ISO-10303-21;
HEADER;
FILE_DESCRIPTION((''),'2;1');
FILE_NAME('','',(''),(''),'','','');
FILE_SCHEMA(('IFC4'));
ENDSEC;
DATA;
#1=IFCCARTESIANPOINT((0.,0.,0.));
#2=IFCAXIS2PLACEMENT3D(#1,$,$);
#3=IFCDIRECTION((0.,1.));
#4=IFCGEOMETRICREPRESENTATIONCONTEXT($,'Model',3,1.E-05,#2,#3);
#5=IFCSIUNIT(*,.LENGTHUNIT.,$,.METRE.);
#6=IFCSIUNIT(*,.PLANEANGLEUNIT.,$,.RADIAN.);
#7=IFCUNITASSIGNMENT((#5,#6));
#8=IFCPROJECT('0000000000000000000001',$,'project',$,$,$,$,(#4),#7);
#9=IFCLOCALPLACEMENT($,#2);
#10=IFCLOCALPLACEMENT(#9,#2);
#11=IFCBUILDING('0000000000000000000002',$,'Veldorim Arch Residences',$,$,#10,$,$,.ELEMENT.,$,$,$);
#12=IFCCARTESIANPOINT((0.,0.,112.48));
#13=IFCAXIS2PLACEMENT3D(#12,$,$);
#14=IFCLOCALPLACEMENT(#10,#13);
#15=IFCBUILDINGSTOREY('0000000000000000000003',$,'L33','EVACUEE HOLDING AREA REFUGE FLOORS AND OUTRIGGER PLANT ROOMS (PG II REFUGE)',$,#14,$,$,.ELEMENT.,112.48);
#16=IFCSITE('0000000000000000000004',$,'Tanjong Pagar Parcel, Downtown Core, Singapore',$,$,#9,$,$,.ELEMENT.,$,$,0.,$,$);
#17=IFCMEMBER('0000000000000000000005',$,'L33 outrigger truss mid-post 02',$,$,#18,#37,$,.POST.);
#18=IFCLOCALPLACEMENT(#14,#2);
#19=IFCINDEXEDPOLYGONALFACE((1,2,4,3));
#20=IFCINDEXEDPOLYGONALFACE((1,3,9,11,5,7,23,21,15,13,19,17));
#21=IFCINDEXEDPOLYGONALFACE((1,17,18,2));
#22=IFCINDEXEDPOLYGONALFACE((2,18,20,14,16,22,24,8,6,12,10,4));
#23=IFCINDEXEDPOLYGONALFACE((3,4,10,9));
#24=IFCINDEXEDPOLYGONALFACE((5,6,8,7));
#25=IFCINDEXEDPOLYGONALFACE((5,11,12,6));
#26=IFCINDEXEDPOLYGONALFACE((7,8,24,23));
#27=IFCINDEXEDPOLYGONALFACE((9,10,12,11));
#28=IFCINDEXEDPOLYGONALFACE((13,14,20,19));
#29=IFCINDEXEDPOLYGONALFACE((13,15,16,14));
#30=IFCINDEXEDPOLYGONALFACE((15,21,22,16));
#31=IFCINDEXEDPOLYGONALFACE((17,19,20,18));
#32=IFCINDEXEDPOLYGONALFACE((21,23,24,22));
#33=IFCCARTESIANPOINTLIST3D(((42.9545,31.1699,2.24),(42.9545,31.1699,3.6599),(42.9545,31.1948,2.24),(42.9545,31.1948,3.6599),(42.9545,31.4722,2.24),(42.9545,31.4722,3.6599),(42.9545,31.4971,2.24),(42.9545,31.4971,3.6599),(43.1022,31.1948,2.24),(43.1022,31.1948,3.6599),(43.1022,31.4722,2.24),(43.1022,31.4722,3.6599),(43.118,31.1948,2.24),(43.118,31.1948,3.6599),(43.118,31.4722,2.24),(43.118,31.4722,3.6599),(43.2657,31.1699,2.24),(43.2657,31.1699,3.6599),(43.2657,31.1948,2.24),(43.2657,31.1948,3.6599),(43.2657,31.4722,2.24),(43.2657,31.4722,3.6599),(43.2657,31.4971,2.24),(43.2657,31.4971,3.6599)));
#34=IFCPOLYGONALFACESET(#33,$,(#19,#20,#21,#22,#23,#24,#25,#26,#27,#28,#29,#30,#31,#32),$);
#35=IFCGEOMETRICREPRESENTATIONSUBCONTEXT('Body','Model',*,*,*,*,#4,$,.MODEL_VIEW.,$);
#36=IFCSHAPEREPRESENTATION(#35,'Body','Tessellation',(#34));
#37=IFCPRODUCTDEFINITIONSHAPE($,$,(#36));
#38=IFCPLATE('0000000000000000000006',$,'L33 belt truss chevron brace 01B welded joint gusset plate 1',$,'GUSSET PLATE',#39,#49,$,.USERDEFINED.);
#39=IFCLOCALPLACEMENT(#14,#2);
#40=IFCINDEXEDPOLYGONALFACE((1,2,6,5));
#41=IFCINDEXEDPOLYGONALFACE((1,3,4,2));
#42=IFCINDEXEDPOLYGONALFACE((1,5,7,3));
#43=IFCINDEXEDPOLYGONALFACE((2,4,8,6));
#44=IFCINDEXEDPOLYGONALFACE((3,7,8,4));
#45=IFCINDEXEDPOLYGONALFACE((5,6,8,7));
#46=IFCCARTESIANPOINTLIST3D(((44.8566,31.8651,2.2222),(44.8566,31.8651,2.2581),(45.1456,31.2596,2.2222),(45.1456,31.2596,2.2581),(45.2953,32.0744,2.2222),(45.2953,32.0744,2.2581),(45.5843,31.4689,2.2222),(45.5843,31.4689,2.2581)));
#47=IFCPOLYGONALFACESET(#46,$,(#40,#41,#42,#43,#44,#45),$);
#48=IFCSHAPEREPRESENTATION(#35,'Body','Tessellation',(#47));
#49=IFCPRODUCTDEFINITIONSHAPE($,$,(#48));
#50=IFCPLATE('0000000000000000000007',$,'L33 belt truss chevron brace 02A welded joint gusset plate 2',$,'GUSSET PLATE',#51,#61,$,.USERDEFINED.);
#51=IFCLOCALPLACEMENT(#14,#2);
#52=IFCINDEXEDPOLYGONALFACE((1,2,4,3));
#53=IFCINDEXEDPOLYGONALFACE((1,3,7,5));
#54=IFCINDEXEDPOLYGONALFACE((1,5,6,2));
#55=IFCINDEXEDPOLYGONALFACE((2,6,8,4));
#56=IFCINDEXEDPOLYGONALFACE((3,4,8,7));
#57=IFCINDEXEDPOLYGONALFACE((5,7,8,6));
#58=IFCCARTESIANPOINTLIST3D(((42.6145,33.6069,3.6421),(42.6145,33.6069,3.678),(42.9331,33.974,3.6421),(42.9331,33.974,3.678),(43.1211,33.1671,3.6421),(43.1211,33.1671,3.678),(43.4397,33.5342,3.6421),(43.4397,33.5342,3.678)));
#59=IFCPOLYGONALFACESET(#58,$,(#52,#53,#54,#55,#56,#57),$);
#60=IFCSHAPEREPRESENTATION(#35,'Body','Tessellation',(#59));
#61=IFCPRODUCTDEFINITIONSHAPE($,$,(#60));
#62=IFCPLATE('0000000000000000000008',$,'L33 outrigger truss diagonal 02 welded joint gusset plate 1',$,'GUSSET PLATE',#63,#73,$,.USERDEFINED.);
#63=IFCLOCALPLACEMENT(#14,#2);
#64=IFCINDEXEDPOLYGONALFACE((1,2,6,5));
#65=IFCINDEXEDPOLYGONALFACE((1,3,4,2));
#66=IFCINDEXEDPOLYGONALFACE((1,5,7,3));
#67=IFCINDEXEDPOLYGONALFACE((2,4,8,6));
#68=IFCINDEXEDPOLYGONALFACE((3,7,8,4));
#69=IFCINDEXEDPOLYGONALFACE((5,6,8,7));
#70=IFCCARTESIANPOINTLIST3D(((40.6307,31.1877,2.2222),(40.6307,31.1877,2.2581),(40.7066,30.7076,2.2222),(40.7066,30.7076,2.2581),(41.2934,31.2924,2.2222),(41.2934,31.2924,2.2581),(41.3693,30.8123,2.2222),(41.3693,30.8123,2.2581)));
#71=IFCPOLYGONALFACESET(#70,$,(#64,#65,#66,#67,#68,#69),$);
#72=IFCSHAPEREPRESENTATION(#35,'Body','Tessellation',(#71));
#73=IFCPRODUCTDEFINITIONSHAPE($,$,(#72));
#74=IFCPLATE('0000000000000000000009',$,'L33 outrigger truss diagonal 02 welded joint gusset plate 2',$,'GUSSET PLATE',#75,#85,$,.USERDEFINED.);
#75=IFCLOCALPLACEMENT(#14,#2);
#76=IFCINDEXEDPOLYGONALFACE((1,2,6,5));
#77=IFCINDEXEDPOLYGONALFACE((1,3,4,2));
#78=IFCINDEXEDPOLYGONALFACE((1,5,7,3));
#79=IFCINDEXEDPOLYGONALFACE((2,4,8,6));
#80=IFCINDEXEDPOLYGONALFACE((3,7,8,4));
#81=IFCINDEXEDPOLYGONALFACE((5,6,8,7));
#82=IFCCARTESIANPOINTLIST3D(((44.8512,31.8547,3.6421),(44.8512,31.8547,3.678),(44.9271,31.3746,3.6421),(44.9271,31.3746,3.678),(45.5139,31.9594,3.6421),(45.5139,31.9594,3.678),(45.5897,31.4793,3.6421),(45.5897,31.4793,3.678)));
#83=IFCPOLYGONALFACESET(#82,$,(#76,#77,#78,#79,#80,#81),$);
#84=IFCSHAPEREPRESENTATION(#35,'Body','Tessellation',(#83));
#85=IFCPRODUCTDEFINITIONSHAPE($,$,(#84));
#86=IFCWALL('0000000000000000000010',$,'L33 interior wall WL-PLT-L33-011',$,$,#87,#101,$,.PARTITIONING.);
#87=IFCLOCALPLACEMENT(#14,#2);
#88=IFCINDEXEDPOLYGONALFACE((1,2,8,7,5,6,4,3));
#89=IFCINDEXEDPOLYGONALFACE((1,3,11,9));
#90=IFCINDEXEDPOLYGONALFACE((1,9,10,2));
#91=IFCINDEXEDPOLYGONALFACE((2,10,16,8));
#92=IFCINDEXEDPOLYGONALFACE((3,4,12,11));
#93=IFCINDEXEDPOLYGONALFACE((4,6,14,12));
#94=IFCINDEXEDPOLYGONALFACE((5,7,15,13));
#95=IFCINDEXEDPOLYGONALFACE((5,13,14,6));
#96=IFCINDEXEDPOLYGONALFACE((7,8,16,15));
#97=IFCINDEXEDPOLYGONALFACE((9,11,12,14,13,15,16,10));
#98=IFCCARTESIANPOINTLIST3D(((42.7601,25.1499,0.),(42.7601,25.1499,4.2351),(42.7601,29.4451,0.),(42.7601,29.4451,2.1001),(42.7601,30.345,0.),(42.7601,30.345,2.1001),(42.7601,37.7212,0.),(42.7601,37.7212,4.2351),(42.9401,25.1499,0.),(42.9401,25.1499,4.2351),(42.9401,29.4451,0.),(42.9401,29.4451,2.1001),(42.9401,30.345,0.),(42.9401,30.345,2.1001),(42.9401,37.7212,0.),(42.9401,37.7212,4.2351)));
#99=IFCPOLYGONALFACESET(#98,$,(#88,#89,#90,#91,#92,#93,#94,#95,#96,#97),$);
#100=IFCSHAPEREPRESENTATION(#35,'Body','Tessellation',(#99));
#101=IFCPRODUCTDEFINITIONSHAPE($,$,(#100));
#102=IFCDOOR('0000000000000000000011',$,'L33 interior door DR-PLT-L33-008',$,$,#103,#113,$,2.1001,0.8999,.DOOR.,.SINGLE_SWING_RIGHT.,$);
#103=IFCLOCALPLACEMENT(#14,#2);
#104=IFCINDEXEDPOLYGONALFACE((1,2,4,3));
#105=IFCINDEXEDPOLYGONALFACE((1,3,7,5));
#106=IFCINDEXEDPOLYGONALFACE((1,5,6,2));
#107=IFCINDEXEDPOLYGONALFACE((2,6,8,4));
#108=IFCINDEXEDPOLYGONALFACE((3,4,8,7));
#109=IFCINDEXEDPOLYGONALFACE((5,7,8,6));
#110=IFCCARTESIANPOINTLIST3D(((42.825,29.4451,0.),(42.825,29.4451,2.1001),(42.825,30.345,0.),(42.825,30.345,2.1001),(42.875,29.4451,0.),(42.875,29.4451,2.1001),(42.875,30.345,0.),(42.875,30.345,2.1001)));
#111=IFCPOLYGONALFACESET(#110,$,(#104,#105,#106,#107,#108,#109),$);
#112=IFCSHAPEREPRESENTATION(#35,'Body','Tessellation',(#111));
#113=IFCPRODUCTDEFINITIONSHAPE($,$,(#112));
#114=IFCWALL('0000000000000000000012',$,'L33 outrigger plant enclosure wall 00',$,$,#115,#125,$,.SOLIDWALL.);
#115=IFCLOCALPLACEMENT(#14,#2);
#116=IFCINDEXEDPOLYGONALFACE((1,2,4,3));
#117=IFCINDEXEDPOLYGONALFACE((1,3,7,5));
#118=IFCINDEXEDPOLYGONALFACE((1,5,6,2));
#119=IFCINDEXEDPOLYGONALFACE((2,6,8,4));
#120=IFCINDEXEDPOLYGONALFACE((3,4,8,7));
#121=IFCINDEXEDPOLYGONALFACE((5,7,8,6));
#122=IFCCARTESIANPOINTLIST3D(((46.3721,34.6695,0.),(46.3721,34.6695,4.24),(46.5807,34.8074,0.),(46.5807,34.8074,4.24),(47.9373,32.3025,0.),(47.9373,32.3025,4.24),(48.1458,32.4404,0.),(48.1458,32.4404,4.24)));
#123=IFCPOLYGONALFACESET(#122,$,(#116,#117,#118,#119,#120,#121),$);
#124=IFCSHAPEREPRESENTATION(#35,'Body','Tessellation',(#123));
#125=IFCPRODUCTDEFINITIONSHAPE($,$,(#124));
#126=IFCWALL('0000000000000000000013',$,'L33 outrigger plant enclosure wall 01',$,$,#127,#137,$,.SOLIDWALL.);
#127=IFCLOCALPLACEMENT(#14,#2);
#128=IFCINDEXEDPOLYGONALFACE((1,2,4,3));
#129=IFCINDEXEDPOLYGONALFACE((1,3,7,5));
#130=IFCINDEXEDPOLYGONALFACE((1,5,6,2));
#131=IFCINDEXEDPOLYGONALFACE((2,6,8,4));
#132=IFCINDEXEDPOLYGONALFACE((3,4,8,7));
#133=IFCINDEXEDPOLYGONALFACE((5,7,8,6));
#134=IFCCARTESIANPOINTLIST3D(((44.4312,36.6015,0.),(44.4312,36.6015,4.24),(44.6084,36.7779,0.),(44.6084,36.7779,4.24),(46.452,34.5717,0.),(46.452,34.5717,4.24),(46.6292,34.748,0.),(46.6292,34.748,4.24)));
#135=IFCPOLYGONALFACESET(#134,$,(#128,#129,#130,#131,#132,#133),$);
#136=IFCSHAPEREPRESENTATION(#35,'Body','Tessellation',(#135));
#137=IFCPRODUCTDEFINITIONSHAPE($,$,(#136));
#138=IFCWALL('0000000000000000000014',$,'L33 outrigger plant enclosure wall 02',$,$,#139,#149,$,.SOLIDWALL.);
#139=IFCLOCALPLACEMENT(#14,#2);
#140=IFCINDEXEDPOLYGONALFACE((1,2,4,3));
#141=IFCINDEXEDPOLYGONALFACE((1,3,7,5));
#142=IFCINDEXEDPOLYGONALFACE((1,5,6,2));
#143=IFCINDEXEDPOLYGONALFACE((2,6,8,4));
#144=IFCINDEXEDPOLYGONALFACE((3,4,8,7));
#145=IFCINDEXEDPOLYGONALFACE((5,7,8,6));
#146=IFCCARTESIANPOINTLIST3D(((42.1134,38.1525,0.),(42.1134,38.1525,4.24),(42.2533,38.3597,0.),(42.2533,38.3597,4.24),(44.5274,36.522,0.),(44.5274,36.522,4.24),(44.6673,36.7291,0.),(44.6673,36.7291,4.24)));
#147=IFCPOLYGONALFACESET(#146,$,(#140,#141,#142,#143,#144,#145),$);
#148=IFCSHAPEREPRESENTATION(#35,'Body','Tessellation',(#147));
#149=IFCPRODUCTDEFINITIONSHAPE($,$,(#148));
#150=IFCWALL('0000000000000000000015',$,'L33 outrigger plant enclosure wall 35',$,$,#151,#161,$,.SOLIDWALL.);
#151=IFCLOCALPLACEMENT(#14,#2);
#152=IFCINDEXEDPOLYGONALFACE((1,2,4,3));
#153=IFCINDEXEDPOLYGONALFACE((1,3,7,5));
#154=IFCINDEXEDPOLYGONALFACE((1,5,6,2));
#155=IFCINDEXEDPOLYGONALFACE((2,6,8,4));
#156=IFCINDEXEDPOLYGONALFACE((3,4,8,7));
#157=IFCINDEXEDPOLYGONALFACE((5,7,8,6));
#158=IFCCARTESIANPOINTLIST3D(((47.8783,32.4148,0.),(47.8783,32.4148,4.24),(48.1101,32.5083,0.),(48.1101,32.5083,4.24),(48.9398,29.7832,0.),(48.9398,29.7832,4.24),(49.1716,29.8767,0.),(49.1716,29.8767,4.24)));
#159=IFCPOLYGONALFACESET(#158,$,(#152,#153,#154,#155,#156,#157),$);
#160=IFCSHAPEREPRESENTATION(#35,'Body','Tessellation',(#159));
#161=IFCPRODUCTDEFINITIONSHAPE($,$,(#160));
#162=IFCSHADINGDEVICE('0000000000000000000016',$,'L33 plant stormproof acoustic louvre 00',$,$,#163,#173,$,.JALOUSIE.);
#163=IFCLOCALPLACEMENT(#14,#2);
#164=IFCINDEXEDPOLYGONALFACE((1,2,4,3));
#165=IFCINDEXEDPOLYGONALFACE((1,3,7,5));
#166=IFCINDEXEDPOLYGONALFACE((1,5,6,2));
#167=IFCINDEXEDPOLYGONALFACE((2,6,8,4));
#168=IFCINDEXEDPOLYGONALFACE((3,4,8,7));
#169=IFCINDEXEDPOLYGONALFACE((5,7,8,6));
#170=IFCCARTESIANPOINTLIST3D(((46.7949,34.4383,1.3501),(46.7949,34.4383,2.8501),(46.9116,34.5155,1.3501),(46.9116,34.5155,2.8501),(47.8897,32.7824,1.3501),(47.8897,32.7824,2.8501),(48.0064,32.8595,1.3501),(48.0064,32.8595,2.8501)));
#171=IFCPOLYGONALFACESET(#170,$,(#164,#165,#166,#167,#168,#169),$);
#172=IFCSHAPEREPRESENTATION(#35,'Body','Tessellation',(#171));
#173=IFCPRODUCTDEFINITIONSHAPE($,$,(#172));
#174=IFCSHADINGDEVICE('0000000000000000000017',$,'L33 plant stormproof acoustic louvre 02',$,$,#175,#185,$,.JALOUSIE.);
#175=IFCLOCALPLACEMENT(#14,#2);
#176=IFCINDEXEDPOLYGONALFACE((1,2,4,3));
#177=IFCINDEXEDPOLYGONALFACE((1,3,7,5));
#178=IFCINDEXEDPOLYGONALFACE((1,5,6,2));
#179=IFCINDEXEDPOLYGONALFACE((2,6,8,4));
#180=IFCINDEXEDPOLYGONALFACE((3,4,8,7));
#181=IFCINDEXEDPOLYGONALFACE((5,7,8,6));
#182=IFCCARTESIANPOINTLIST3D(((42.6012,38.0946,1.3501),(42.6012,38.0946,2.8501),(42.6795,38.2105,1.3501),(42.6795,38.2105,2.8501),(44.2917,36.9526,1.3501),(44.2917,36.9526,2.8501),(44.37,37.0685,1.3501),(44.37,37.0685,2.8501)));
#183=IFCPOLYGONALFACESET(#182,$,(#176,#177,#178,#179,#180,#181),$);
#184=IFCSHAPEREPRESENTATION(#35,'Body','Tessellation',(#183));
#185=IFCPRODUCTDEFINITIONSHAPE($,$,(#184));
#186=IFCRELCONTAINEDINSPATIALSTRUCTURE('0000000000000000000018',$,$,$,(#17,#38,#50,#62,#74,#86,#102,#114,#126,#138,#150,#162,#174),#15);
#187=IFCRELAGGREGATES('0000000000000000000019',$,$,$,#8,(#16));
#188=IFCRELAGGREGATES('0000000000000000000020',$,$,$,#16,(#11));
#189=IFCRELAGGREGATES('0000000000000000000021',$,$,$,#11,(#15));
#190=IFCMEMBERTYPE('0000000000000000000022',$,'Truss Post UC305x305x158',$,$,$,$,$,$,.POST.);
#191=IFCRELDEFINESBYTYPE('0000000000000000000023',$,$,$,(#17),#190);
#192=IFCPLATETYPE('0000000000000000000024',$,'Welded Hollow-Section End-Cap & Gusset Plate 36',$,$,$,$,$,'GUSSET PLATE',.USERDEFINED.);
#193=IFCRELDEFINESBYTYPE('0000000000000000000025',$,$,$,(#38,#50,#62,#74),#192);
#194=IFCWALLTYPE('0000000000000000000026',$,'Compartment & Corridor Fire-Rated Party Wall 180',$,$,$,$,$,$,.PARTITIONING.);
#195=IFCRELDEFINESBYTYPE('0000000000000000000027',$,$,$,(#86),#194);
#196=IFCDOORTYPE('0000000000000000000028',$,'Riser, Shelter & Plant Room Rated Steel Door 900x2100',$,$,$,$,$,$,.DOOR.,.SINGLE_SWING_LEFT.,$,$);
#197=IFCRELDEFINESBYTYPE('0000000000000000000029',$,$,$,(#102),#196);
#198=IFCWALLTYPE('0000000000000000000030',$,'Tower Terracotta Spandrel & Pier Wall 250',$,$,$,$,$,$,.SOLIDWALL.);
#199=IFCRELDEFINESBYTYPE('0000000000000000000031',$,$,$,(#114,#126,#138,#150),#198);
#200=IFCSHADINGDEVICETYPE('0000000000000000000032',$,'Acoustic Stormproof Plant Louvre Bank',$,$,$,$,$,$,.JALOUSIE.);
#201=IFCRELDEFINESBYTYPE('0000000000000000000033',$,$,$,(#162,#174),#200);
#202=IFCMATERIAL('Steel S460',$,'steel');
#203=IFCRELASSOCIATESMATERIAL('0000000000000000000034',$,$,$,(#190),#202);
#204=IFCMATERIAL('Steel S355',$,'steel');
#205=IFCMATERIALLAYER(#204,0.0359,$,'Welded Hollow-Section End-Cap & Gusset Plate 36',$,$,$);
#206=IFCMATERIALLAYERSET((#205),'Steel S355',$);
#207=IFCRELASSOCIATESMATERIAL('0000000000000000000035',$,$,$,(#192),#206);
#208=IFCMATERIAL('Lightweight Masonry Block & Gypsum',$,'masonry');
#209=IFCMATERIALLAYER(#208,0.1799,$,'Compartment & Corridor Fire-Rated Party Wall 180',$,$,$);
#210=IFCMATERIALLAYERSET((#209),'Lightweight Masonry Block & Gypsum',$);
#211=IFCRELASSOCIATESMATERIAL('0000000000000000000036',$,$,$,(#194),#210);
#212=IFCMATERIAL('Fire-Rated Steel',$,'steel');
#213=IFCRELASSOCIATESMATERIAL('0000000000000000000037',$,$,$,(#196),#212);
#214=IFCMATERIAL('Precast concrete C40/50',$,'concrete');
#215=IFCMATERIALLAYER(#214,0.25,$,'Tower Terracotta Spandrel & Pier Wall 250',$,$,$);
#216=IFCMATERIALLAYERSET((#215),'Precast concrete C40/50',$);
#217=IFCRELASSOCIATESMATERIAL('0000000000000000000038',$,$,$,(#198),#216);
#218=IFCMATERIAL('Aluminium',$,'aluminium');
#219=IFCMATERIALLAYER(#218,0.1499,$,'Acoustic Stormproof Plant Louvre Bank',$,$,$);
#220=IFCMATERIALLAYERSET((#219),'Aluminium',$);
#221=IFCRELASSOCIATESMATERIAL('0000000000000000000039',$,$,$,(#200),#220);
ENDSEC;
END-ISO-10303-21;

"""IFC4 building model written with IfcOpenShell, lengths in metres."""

from ifc_helpers import new_model, si_unit, direction, frame, frame_2d, origin, origin_2d, place, context, subcontext, project, spatial, rectangle, i_section, extrude, material, layer, layer_set, material_profile, profile_set, type_object, element, fill, save


model = new_model("IFC4")

# Units and contexts
model_context = context("Model", 3, precision=1e-05, world=origin(), true_north=direction((0.0, 1.0)))
body_context = subcontext(model_context, "Body", "Model", "MODEL_VIEW")
ifc_project = project(units=[si_unit("LENGTHUNIT", "METRE"), si_unit("PLANEANGLEUNIT", "RADIAN")], contexts=[model_context])

# Site, building, storey
site_placement = place(None, origin())
site = spatial("IfcSite", under=ifc_project, at=site_placement, Name="Tanjong Pagar Parcel, Downtown Core, Singapore", CompositionType="ELEMENT", RefElevation=0.0)
building_placement = place(site_placement, origin())
building = spatial("IfcBuilding", under=site, at=building_placement, Name="Veldorim Arch Residences", CompositionType="ELEMENT")
storey_placement = place(building_placement, frame((0.0, 0.0, 112.48)))
storey = spatial("IfcBuildingStorey", under=building, at=storey_placement, Name="L33", Description="EVACUEE HOLDING AREA REFUGE FLOORS AND OUTRIGGER PLANT ROOMS (PG II REFUGE)", CompositionType="ELEMENT", Elevation=112.48)

# Member
ifc_material_1 = material(Name="Steel S460", Category="steel")
ifc_material_profile_1 = material_profile(ifc_material_1, i_section(OverallWidth=0.3113, OverallDepth=0.3271, WebThickness=0.0159, FlangeThickness=0.0249, at=origin_2d()), Name="UC305x305x158")
ifc_profile_set_1 = profile_set([ifc_material_profile_1], Name="Steel S460")
member_type_1 = type_object("IfcMemberType", Name="Truss Post UC305x305x158", PredefinedType="POST", material=ifc_profile_set_1)
member_1_placement = place(storey_placement, frame((43.1101, 31.3335, 2.24), z_axis=(0.0, 0.0, 1.0), x_axis=(1.0, 0.0, 0.0)))
element("IfcMember", 1, at=member_1_placement, inside=storey, type_object=member_type_1, Name="L33 outrigger truss mid-post 02", PredefinedType="POST", context=body_context, shape_type="SweptSolid", body=[
    extrude(i_section(OverallWidth=0.3113, OverallDepth=0.3271, WebThickness=0.0159, FlangeThickness=0.0249, at=origin_2d()), origin(), (0.0, 0.0, 1.0), 1.4199),
])

# Plates
ifc_material_2 = material(Name="Steel S355", Category="steel")
ifc_layer_1 = layer(ifc_material_2, 0.0359, Name="Welded Hollow-Section End-Cap & Gusset Plate 36")
ifc_layer_set_1 = layer_set([ifc_layer_1], Name="Steel S355")
plate_type = type_object("IfcPlateType", Name="Welded Hollow-Section End-Cap & Gusset Plate 36", ElementType="GUSSET PLATE", PredefinedType="USERDEFINED", material=ifc_layer_set_1)
for number, where, z_axis, x_axis, name in (
    (2, (45.2205, 31.667, 2.2222), (0.0, 0.0, 1.0), (0.430684, -0.902503, 0.0), "L33 belt truss chevron brace 01B welded joint gusset plate 1"),
    (3, (43.0271, 33.5706, 3.6421), (0.0, 0.0, 1.0), (-0.755225, 0.655466, 0.0), "L33 belt truss chevron brace 02A welded joint gusset plate 2"),
    (4, (41.0, 31.0, 2.2222), (0.0, 0.0, 1.0), (0.987743, 0.15609, 0.0), "L33 outrigger truss diagonal 02 welded joint gusset plate 1"),
    (5, (45.2205, 31.667, 3.6421), (0.0, 0.0, 1.0), (0.987743, 0.15609, 0.0), "L33 outrigger truss diagonal 02 welded joint gusset plate 2"),
):
    element("IfcPlate", number, at=place(storey_placement, frame(where, z_axis=z_axis, x_axis=x_axis)), inside=storey, type_object=plate_type, Name=name, ObjectType="GUSSET PLATE", PredefinedType="USERDEFINED", context=body_context, shape_type="SweptSolid", body=[
        extrude(rectangle(XDim=0.6709, YDim=0.4861, at=origin_2d()), origin(), (0.0, 0.0, 1.0), 0.0359),
    ])

# Wall, opening, door
ifc_material_3 = material(Name="Lightweight Masonry Block & Gypsum", Category="masonry")
ifc_layer_2 = layer(ifc_material_3, 0.1799, Name="Compartment & Corridor Fire-Rated Party Wall 180")
ifc_layer_set_2 = layer_set([ifc_layer_2], Name="Lightweight Masonry Block & Gypsum")
wall_type_1 = type_object("IfcWallType", Name="Compartment & Corridor Fire-Rated Party Wall 180", PredefinedType="PARTITIONING", material=ifc_layer_set_2)
wall_1_placement = place(storey_placement, frame((42.8501, 37.7212, 0.0), z_axis=(0.0, 0.0, 1.0), x_axis=(0.0, -1.0, 0.0)))
wall_1 = element("IfcWall", 6, at=wall_1_placement, inside=storey, type_object=wall_type_1, Name="L33 interior wall WL-PLT-L33-011", PredefinedType="PARTITIONING", context=body_context, shape_type="SweptSolid", body=[
    extrude(rectangle(XDim=12.5713, YDim=0.1799, at=frame_2d((6.2856, 0.0))), origin(), (0.0, 0.0, 1.0), 4.2351),
])
opening_placement = place(wall_1_placement, frame((7.3762, 0.0, 0.0)))
opening = element("IfcOpeningElement", 7, at=opening_placement, cuts=wall_1, PredefinedType="OPENING", context=body_context, shape_type="SweptSolid", body=[
    extrude(rectangle(XDim=0.8999, YDim=2.1001, at=frame_2d((0.45, 1.05))), frame((0.0, 0.0999, 0.0), z_axis=(0.0, -1.0, 0.0), x_axis=(1.0, 0.0, 0.0)), (0.0, 0.0, 1.0), 0.2),
])
ifc_material_4 = material(Name="Fire-Rated Steel", Category="steel")
door_type = type_object("IfcDoorType", Name="Riser, Shelter & Plant Room Rated Steel Door 900x2100", OperationType="SINGLE_SWING_LEFT", PredefinedType="DOOR", material=ifc_material_4)
door_placement = place(opening_placement, origin())
door = element("IfcDoor", 8, at=door_placement, inside=storey, type_object=door_type, Name="L33 interior door DR-PLT-L33-008", OperationType="SINGLE_SWING_RIGHT", OverallHeight=2.1001, OverallWidth=0.8999, PredefinedType="DOOR", context=body_context, shape_type="SweptSolid", body=[
    extrude(rectangle(XDim=0.8999, YDim=2.1001, at=frame_2d((0.45, 1.05))), frame((0.0, 0.0249, 0.0), z_axis=(0.0, -1.0, 0.0), x_axis=(1.0, 0.0, 0.0)), (0.0, 0.0, 1.0), 0.05),
])
fill(opening, door)

# Walls
ifc_material_5 = material(Name="Precast concrete C40/50", Category="concrete")
ifc_layer_3 = layer(ifc_material_5, 0.25, Name="Tower Terracotta Spandrel & Pier Wall 250")
ifc_layer_set_3 = layer_set([ifc_layer_3], Name="Precast concrete C40/50")
wall_type_2 = type_object("IfcWallType", Name="Tower Terracotta Spandrel & Pier Wall 250", PredefinedType="SOLIDWALL", material=ifc_layer_set_3)
wall_2_placement = place(storey_placement, frame((46.4763, 34.7385, 0.0), z_axis=(0.0, 0.0, 1.0), x_axis=(0.551579, -0.834123, 0.0)))
element("IfcWall", 9, at=wall_2_placement, inside=storey, type_object=wall_type_2, Name="L33 outrigger plant enclosure wall 00", PredefinedType="SOLIDWALL", context=body_context, shape_type="SweptSolid", body=[
    extrude(rectangle(XDim=2.8376, YDim=0.25, at=frame_2d((1.4189, 0.0))), origin(), (0.0, 0.0, 1.0), 4.24),
])
wall_3_placement = place(storey_placement, frame((44.5198, 36.6897, 0.0), z_axis=(0.0, 0.0, 1.0), x_axis=(0.705528, -0.708682, 0.0)))
element("IfcWall", 10, at=wall_3_placement, inside=storey, type_object=wall_type_2, Name="L33 outrigger plant enclosure wall 01", PredefinedType="SOLIDWALL", context=body_context, shape_type="SweptSolid", body=[
    extrude(rectangle(XDim=2.8643, YDim=0.25, at=frame_2d((1.4321, 0.0))), origin(), (0.0, 0.0, 1.0), 4.24),
])
wall_4_placement = place(storey_placement, frame((42.1833, 38.2561, 0.0), z_axis=(0.0, 0.0, 1.0), x_axis=(0.82867, -0.559738, 0.0)))
element("IfcWall", 11, at=wall_4_placement, inside=storey, type_object=wall_type_2, Name="L33 outrigger plant enclosure wall 02", PredefinedType="SOLIDWALL", context=body_context, shape_type="SweptSolid", body=[
    extrude(rectangle(XDim=2.9131, YDim=0.25, at=frame_2d((1.4565, 0.0))), origin(), (0.0, 0.0, 1.0), 4.24),
])
wall_5_placement = place(storey_placement, frame((47.9941, 32.4617, 0.0), z_axis=(0.0, 0.0, 1.0), x_axis=(0.374089, -0.927393, 0.0)))
element("IfcWall", 12, at=wall_5_placement, inside=storey, type_object=wall_type_2, Name="L33 outrigger plant enclosure wall 35", PredefinedType="SOLIDWALL", context=body_context, shape_type="SweptSolid", body=[
    extrude(rectangle(XDim=2.8376, YDim=0.25, at=frame_2d((1.4189, 0.0))), origin(), (0.0, 0.0, 1.0), 4.24),
])

# Shading devices
ifc_material_6 = material(Name="Aluminium", Category="aluminium")
ifc_layer_4 = layer(ifc_material_6, 0.1499, Name="Acoustic Stormproof Plant Louvre Bank")
ifc_layer_set_4 = layer_set([ifc_layer_4], Name="Aluminium")
shading_device_type = type_object("IfcShadingDeviceType", Name="Acoustic Stormproof Plant Louvre Bank", PredefinedType="JALOUSIE", material=ifc_layer_set_4)
shading_device_1_placement = place(storey_placement, frame((47.4006, 33.6489, 1.3501), z_axis=(0.0, 0.0, 1.0), x_axis=(0.5515, -0.834175, 0.0)))
element("IfcShadingDevice", 13, at=shading_device_1_placement, inside=storey, type_object=shading_device_type, Name="L33 plant stormproof acoustic louvre 00", PredefinedType="JALOUSIE", context=body_context, shape_type="SweptSolid", body=[
    extrude(rectangle(XDim=1.9851, YDim=0.1399, at=origin_2d()), origin(), (0.0, 0.0, 1.0), 1.5),
])
shading_device_2_placement = place(storey_placement, frame((43.4856, 37.5815, 1.3501), z_axis=(0.0, 0.0, 1.0), x_axis=(0.828647, -0.559772, 0.0)))
element("IfcShadingDevice", 14, at=shading_device_2_placement, inside=storey, type_object=shading_device_type, Name="L33 plant stormproof acoustic louvre 02", PredefinedType="JALOUSIE", context=body_context, shape_type="SweptSolid", body=[
    extrude(rectangle(XDim=2.04, YDim=0.1399, at=origin_2d()), origin(), (0.0, 0.0, 1.0), 1.5),
])

save(model, "model.ifc")
